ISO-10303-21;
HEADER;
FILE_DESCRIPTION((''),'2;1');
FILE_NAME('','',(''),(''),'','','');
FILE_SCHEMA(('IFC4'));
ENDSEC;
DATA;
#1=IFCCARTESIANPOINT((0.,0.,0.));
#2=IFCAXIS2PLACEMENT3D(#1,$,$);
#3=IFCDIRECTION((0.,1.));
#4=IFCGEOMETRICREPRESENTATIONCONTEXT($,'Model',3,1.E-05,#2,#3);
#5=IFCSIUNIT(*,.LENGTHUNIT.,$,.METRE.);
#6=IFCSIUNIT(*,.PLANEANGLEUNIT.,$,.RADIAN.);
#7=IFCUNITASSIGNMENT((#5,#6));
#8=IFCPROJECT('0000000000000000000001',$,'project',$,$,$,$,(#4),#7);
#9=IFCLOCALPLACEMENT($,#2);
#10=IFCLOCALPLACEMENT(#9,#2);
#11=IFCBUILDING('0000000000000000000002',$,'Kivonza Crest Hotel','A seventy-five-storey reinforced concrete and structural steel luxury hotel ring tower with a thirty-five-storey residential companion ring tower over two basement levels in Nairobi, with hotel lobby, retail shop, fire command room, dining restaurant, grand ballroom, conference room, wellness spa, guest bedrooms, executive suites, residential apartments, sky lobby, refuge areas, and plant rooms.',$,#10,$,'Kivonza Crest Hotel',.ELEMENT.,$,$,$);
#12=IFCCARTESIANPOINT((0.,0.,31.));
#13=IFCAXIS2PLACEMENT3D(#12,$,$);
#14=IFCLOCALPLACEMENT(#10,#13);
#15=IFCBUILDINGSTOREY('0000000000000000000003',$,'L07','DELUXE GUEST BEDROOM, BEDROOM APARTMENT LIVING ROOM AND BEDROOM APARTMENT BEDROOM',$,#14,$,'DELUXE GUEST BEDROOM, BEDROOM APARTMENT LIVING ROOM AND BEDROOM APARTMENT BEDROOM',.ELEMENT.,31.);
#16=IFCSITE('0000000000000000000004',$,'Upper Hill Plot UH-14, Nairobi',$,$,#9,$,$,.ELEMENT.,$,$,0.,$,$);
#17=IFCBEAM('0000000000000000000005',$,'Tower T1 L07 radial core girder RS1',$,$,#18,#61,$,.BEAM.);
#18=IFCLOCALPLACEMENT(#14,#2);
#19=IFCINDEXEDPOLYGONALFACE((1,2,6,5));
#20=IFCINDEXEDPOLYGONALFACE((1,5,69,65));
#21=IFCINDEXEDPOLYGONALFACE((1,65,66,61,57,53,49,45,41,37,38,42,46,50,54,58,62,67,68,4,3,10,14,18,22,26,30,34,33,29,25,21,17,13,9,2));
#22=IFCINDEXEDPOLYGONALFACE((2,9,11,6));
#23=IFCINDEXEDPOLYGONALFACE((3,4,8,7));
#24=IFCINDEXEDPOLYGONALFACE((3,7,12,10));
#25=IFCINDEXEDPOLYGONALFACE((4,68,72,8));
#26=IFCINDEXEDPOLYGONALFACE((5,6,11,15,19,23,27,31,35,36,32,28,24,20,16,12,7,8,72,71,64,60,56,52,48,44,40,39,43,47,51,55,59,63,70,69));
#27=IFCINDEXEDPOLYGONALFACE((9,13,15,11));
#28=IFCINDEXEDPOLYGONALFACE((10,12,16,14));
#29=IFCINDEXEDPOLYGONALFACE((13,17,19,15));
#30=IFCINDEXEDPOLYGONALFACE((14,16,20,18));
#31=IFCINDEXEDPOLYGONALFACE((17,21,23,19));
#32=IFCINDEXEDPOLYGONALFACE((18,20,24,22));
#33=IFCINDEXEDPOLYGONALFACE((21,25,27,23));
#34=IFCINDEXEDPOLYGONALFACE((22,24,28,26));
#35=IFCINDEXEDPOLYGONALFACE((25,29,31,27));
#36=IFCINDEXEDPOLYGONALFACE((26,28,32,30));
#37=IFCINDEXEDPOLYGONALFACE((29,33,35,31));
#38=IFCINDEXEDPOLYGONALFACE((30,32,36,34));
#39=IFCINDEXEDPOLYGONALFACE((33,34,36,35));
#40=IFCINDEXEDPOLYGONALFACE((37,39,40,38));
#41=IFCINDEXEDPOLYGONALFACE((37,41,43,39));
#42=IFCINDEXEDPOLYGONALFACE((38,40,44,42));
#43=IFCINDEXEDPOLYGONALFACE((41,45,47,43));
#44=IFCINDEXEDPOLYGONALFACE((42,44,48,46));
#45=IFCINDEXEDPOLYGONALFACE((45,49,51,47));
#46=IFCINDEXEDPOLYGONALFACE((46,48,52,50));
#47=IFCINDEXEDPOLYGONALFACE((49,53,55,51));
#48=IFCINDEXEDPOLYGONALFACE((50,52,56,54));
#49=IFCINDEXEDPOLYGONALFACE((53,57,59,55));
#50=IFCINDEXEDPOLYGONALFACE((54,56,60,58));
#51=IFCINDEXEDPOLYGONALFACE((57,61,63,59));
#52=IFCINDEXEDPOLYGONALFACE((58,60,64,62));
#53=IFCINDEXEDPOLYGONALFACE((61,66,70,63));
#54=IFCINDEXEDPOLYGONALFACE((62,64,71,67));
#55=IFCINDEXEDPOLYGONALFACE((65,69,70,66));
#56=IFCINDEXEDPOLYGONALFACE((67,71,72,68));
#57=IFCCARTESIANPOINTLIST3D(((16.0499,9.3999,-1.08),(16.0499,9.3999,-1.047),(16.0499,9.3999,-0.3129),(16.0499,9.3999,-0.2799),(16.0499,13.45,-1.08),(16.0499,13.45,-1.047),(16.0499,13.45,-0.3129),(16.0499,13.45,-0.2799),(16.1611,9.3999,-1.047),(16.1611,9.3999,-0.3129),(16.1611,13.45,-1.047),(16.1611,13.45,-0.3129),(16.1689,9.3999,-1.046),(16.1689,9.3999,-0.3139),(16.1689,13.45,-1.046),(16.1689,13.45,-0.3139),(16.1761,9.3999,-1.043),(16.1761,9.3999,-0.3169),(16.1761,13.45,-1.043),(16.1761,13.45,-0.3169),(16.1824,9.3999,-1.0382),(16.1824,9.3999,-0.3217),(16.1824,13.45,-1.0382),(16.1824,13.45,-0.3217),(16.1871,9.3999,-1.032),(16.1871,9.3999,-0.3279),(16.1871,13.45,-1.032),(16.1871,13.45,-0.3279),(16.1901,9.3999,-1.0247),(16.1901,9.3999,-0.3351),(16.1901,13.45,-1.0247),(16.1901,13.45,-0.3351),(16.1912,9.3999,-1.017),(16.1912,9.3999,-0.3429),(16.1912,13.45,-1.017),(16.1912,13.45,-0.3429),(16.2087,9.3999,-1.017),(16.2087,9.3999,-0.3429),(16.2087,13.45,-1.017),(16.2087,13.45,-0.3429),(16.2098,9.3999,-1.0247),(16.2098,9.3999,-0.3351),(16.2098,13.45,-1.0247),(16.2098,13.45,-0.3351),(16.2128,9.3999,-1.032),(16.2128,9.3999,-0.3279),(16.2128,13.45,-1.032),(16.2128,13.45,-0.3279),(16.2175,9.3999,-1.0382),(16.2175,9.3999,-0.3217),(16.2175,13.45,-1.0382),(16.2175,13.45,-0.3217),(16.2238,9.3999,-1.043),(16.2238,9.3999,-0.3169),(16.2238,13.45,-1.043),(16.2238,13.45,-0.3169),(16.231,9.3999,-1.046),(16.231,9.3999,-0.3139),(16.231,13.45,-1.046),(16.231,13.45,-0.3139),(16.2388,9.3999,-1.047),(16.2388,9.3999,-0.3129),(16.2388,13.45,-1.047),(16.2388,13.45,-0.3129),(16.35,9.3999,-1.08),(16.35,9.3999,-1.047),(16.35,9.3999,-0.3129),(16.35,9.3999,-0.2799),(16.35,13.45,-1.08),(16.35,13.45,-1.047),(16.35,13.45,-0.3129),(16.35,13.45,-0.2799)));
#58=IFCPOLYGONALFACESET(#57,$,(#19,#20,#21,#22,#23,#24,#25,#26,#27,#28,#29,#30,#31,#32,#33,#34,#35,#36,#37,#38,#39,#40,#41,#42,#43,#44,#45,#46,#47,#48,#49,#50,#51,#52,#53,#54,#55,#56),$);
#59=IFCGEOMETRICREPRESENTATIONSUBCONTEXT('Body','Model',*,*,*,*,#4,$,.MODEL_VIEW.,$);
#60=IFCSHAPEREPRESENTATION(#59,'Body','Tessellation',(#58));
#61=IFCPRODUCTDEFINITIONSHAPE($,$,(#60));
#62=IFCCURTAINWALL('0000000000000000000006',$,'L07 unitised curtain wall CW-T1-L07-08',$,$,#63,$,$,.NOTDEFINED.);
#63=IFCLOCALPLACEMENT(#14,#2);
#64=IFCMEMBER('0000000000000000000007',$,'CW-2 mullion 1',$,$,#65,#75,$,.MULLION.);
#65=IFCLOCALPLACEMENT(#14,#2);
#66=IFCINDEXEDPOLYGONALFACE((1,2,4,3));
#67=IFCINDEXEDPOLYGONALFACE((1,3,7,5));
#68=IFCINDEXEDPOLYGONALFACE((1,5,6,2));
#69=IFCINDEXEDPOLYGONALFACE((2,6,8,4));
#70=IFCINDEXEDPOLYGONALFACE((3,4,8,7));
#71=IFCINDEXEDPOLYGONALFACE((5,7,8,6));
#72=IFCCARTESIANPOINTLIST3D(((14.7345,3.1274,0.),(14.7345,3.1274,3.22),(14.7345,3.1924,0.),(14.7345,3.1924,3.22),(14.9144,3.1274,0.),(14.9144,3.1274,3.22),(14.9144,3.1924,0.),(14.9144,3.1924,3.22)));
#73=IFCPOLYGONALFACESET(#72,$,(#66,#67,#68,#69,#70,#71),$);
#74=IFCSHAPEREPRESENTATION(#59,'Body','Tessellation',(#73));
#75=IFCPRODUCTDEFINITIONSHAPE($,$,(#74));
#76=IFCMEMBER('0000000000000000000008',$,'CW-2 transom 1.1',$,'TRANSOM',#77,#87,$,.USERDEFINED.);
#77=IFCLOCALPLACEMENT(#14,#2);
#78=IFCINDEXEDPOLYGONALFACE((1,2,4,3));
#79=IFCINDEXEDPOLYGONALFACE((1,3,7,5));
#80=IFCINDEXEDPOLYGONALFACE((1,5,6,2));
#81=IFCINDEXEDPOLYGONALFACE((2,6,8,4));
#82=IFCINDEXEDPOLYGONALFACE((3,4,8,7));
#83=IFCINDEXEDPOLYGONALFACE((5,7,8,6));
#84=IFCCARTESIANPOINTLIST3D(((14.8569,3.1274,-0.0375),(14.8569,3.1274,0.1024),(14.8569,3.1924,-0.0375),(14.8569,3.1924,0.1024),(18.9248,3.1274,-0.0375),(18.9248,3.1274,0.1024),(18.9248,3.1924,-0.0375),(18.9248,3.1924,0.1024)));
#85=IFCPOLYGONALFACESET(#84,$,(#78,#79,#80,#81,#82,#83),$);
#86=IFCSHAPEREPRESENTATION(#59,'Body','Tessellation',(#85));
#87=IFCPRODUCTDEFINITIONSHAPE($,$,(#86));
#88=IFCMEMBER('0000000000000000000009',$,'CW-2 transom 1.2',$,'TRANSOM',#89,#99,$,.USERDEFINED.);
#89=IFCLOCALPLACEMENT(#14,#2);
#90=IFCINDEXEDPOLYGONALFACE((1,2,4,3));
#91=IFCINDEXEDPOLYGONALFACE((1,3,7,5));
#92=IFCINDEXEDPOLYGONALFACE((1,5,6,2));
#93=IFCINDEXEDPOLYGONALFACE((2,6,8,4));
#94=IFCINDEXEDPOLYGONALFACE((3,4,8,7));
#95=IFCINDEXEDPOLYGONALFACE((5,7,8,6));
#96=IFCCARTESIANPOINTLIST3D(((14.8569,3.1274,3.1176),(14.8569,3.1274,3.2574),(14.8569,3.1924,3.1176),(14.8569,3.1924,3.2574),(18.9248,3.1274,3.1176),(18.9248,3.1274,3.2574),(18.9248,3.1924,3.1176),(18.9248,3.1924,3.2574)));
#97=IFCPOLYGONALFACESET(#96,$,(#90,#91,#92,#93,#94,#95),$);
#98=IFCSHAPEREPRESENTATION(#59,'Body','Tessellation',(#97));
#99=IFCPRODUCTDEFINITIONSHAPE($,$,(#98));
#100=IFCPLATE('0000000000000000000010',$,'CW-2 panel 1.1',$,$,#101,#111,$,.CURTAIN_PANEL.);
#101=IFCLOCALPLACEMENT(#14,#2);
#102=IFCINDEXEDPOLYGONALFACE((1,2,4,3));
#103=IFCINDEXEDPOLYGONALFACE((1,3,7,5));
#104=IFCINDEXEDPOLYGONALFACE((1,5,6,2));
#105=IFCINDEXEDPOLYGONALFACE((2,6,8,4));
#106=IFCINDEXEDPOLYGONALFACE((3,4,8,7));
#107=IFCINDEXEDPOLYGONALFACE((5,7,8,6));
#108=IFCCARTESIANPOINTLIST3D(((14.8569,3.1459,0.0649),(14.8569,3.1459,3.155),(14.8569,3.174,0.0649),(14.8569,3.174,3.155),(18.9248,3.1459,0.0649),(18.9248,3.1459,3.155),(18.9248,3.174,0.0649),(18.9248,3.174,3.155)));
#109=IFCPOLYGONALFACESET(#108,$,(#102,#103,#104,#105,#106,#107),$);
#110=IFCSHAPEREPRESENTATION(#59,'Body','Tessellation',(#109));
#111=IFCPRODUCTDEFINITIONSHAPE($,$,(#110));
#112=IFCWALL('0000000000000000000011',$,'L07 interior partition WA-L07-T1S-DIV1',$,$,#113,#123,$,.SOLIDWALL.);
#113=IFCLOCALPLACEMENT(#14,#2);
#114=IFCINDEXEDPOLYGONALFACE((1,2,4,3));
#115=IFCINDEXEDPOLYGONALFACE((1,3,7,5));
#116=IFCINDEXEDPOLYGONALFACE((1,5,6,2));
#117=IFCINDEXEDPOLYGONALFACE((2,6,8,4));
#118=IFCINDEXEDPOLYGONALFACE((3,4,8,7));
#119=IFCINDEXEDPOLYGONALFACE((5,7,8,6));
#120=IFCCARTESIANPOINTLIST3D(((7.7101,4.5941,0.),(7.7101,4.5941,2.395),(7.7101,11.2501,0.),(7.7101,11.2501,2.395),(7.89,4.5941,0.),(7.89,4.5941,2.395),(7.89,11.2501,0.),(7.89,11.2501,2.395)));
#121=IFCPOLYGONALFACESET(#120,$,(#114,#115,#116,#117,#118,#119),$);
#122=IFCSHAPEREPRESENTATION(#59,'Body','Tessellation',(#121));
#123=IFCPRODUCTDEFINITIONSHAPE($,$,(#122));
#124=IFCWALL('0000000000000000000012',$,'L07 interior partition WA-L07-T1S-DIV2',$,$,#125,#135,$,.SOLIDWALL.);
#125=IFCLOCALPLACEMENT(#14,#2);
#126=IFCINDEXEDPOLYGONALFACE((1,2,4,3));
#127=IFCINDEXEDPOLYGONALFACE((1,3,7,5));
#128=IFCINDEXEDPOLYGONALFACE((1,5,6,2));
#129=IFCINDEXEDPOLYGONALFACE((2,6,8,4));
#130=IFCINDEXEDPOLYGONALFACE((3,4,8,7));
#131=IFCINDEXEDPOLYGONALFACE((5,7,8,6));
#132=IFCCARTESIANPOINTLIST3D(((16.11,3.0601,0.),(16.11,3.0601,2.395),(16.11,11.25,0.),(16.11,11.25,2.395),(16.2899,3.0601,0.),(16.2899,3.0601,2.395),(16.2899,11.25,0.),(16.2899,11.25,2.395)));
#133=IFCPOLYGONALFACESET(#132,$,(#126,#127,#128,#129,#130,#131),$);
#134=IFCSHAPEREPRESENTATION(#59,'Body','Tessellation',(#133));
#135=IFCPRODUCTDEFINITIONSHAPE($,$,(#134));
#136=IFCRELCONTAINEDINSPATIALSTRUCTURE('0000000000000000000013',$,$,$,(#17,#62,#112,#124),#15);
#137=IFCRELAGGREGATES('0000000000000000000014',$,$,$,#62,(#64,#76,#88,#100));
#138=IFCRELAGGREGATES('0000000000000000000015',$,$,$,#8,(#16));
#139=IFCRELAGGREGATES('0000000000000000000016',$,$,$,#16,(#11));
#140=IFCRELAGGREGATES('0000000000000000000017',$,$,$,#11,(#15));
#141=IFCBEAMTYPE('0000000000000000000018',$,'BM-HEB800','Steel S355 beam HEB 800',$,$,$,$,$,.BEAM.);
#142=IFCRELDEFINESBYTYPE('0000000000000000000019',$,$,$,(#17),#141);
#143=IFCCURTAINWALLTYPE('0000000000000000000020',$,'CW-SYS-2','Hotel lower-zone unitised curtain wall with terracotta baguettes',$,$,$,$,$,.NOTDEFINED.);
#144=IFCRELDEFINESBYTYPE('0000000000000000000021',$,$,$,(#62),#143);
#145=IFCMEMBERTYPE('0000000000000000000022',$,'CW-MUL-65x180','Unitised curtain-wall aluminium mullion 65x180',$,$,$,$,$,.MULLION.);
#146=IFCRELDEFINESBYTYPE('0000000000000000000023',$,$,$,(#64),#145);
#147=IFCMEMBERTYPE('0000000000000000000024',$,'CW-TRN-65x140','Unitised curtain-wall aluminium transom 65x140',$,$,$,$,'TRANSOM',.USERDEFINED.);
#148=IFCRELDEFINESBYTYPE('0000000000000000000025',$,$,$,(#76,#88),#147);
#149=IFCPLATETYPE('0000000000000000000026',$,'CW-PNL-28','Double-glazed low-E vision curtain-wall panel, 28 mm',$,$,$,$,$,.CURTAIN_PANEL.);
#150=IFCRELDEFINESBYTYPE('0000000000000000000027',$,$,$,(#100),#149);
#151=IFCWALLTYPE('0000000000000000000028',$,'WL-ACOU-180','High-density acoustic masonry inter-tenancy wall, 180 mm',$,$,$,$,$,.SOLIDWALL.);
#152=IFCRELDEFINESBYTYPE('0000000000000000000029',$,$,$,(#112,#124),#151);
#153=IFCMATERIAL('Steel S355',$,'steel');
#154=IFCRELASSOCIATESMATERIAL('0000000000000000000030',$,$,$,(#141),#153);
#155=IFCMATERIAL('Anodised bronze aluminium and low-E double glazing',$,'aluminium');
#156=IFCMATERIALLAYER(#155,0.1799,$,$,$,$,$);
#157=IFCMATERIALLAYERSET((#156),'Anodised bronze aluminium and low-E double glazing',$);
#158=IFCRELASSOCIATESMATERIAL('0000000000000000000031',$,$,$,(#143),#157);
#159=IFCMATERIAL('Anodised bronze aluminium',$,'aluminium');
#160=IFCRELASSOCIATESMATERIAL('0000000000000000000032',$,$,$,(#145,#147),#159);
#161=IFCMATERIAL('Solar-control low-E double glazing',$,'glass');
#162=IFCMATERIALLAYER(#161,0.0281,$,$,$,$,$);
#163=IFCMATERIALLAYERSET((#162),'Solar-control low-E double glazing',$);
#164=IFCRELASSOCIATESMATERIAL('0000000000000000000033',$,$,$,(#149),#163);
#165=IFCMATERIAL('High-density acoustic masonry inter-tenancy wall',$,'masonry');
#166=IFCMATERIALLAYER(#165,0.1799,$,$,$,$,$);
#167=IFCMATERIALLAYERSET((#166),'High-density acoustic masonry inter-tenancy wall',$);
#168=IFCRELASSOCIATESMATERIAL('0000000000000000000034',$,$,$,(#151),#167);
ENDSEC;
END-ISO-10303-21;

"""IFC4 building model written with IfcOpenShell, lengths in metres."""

from ifc_helpers import new_model, si_unit, direction, frame, frame_2d, origin, origin_2d, place, context, subcontext, project, spatial, rectangle, i_section, extrude, material, layer, layer_set, material_profile, profile_set, type_object, element, aggregate, save


model = new_model("IFC4")

# Units and contexts
model_context = context("Model", 3, precision=1e-05, world=origin(), true_north=direction((0.0, 1.0)))
body_context = subcontext(model_context, "Body", "Model", "MODEL_VIEW")
ifc_project = project(units=[si_unit("LENGTHUNIT", "METRE"), si_unit("PLANEANGLEUNIT", "RADIAN")], contexts=[model_context])

# Site, building, storey
site_placement = place(None, origin())
site = spatial("IfcSite", under=ifc_project, at=site_placement, Name="Upper Hill Plot UH-14, Nairobi", CompositionType="ELEMENT", RefElevation=0.0)
building_placement = place(site_placement, origin())
building = spatial("IfcBuilding", under=site, at=building_placement, Name="Kivonza Crest Hotel", Description="A seventy-five-storey reinforced concrete and structural steel luxury hotel ring tower with a thirty-five-storey residential companion ring tower over two basement levels in Nairobi, with hotel lobby, retail shop, fire command room, dining restaurant, grand ballroom, conference room, wellness spa, guest bedrooms, executive suites, residential apartments, sky lobby, refuge areas, and plant rooms.", LongName="Kivonza Crest Hotel", CompositionType="ELEMENT")
storey_placement = place(building_placement, frame((0.0, 0.0, 31.0)))
storey = spatial("IfcBuildingStorey", under=building, at=storey_placement, Name="L07", Description="DELUXE GUEST BEDROOM, BEDROOM APARTMENT LIVING ROOM AND BEDROOM APARTMENT BEDROOM", LongName="DELUXE GUEST BEDROOM, BEDROOM APARTMENT LIVING ROOM AND BEDROOM APARTMENT BEDROOM", CompositionType="ELEMENT", Elevation=31.0)

# Beam
ifc_material_1 = material(Name="Steel S355", Category="steel")
ifc_material_profile_1 = material_profile(ifc_material_1, i_section(OverallWidth=0.3, OverallDepth=0.8, WebThickness=0.0176, FlangeThickness=0.033, FilletRadius=0.03, at=origin_2d()), Name="HEB 800")
ifc_profile_set_1 = profile_set([ifc_material_profile_1], Name="Steel S355")
beam_type_1 = type_object("IfcBeamType", Name="BM-HEB800", Description="Steel S355 beam HEB 800", PredefinedType="BEAM", material=ifc_profile_set_1)
beam_1_placement = place(storey_placement, frame((16.2, 9.3999, -0.6799), z_axis=(0.0, 1.0, 0.0), x_axis=(-1.0, 0.0, 0.0)))
element("IfcBeam", 1, at=beam_1_placement, inside=storey, type_object=beam_type_1, Name="Tower T1 L07 radial core girder RS1", PredefinedType="BEAM", context=body_context, shape_type="SweptSolid", body=[
    extrude(i_section(OverallWidth=0.3, OverallDepth=0.8, WebThickness=0.0176, FlangeThickness=0.033, FilletRadius=0.03, at=origin_2d()), origin(), (0.0, 0.0, 1.0), 4.05),
])

# Curtain wall, members, plate
ifc_material_2 = material(Name="Anodised bronze aluminium and low-E double glazing", Category="aluminium")
ifc_layer_1 = layer(ifc_material_2, 0.1799)
ifc_layer_set_1 = layer_set([ifc_layer_1], Name="Anodised bronze aluminium and low-E double glazing")
curtain_wall_type = type_object("IfcCurtainWallType", Name="CW-SYS-2", Description="Hotel lower-zone unitised curtain wall with terracotta baguettes", PredefinedType="NOTDEFINED", material=ifc_layer_set_1)
curtain_wall_placement = place(storey_placement, origin())
curtain_wall = element("IfcCurtainWall", 2, at=curtain_wall_placement, inside=storey, type_object=curtain_wall_type, Name="L07 unitised curtain wall CW-T1-L07-08", PredefinedType="NOTDEFINED")
ifc_material_3 = material(Name="Anodised bronze aluminium", Category="aluminium")
ifc_material_profile_2 = material_profile(ifc_material_3, rectangle(XDim=0.0649, YDim=0.1799, at=origin_2d()), Name="CW-M 65x180")
ifc_profile_set_2 = profile_set([ifc_material_profile_2], Name="Anodised bronze aluminium")
member_type_1 = type_object("IfcMemberType", Name="CW-MUL-65x180", Description="Unitised curtain-wall aluminium mullion 65x180", PredefinedType="MULLION", material=ifc_profile_set_2)
member_1_placement = place(storey_placement, frame((14.8245, 3.1599, 0.0), z_axis=(0.0, 0.0, 1.0), x_axis=(0.0, 1.0, 0.0)))
member_1 = element("IfcMember", 3, at=member_1_placement, type_object=member_type_1, Name="CW-2 mullion 1", PredefinedType="MULLION", context=body_context, shape_type="SweptSolid", body=[
    extrude(rectangle(XDim=0.0649, YDim=0.1799, at=origin_2d()), origin(), (0.0, 0.0, 1.0), 3.22),
])
ifc_material_profile_3 = material_profile(ifc_material_3, rectangle(XDim=0.0649, YDim=0.1399, at=origin_2d()), Name="CW-T 65x140")
ifc_profile_set_3 = profile_set([ifc_material_profile_3], Name="Anodised bronze aluminium")
member_type_2 = type_object("IfcMemberType", Name="CW-TRN-65x140", Description="Unitised curtain-wall aluminium transom 65x140", ElementType="TRANSOM", PredefinedType="USERDEFINED", material=ifc_profile_set_3)
member_2_placement = place(storey_placement, frame((14.8569, 3.1599, 0.0325), z_axis=(1.0, 0.0, 0.0), x_axis=(0.0, 1.0, 0.0)))
member_2 = element("IfcMember", 4, at=member_2_placement, type_object=member_type_2, Name="CW-2 transom 1.1", ObjectType="TRANSOM", PredefinedType="USERDEFINED", context=body_context, shape_type="SweptSolid", body=[
    extrude(rectangle(XDim=0.0649, YDim=0.1399, at=origin_2d()), origin(), (0.0, 0.0, 1.0), 4.0679),
])
member_3_placement = place(storey_placement, frame((14.8569, 3.1599, 3.1875), z_axis=(1.0, 0.0, 0.0), x_axis=(0.0, 1.0, 0.0)))
member_3 = element("IfcMember", 5, at=member_3_placement, type_object=member_type_2, Name="CW-2 transom 1.2", ObjectType="TRANSOM", PredefinedType="USERDEFINED", context=body_context, shape_type="SweptSolid", body=[
    extrude(rectangle(XDim=0.0649, YDim=0.1399, at=origin_2d()), origin(), (0.0, 0.0, 1.0), 4.0679),
])
ifc_material_4 = material(Name="Solar-control low-E double glazing", Category="glass")
ifc_layer_2 = layer(ifc_material_4, 0.0281)
ifc_layer_set_2 = layer_set([ifc_layer_2], Name="Solar-control low-E double glazing")
plate_type = type_object("IfcPlateType", Name="CW-PNL-28", Description="Double-glazed low-E vision curtain-wall panel, 28 mm", PredefinedType="CURTAIN_PANEL", material=ifc_layer_set_2)
plate_placement = place(storey_placement, frame((16.8909, 3.1599, 0.0649), z_axis=(0.0, 0.0, 1.0), x_axis=(1.0, 0.0, 0.0)))
plate = element("IfcPlate", 6, at=plate_placement, type_object=plate_type, Name="CW-2 panel 1.1", PredefinedType="CURTAIN_PANEL", context=body_context, shape_type="SweptSolid", body=[
    extrude(rectangle(XDim=4.0679, YDim=0.0281, at=origin_2d()), origin(), (0.0, 0.0, 1.0), 3.0901),
])
aggregate(curtain_wall, [member_1, member_2, member_3, plate])

# Walls
ifc_material_5 = material(Name="High-density acoustic masonry inter-tenancy wall", Category="masonry")
ifc_layer_3 = layer(ifc_material_5, 0.1799)
ifc_layer_set_3 = layer_set([ifc_layer_3], Name="High-density acoustic masonry inter-tenancy wall")
wall_type_1 = type_object("IfcWallType", Name="WL-ACOU-180", Description="High-density acoustic masonry inter-tenancy wall, 180 mm", PredefinedType="SOLIDWALL", material=ifc_layer_set_3)
wall_1_placement = place(storey_placement, frame((7.8, 4.594, 0.0), z_axis=(0.0, 0.0, 1.0), x_axis=(0.0, 1.0, 0.0)))
element("IfcWall", 7, at=wall_1_placement, inside=storey, type_object=wall_type_1, Name="L07 interior partition WA-L07-T1S-DIV1", PredefinedType="SOLIDWALL", context=body_context, shape_type="SweptSolid", body=[
    extrude(rectangle(XDim=6.656, YDim=0.1799, at=frame_2d((3.3281, 0.0))), origin(), (0.0, 0.0, 1.0), 2.395),
])
wall_2_placement = place(storey_placement, frame((16.2, 3.0601, 0.0), z_axis=(0.0, 0.0, 1.0), x_axis=(0.0, 1.0, 0.0)))
element("IfcWall", 8, at=wall_2_placement, inside=storey, type_object=wall_type_1, Name="L07 interior partition WA-L07-T1S-DIV2", PredefinedType="SOLIDWALL", context=body_context, shape_type="SweptSolid", body=[
    extrude(rectangle(XDim=8.1899, YDim=0.1799, at=frame_2d((4.095, 0.0))), origin(), (0.0, 0.0, 1.0), 2.395),
])

save(model, "model.ifc")
